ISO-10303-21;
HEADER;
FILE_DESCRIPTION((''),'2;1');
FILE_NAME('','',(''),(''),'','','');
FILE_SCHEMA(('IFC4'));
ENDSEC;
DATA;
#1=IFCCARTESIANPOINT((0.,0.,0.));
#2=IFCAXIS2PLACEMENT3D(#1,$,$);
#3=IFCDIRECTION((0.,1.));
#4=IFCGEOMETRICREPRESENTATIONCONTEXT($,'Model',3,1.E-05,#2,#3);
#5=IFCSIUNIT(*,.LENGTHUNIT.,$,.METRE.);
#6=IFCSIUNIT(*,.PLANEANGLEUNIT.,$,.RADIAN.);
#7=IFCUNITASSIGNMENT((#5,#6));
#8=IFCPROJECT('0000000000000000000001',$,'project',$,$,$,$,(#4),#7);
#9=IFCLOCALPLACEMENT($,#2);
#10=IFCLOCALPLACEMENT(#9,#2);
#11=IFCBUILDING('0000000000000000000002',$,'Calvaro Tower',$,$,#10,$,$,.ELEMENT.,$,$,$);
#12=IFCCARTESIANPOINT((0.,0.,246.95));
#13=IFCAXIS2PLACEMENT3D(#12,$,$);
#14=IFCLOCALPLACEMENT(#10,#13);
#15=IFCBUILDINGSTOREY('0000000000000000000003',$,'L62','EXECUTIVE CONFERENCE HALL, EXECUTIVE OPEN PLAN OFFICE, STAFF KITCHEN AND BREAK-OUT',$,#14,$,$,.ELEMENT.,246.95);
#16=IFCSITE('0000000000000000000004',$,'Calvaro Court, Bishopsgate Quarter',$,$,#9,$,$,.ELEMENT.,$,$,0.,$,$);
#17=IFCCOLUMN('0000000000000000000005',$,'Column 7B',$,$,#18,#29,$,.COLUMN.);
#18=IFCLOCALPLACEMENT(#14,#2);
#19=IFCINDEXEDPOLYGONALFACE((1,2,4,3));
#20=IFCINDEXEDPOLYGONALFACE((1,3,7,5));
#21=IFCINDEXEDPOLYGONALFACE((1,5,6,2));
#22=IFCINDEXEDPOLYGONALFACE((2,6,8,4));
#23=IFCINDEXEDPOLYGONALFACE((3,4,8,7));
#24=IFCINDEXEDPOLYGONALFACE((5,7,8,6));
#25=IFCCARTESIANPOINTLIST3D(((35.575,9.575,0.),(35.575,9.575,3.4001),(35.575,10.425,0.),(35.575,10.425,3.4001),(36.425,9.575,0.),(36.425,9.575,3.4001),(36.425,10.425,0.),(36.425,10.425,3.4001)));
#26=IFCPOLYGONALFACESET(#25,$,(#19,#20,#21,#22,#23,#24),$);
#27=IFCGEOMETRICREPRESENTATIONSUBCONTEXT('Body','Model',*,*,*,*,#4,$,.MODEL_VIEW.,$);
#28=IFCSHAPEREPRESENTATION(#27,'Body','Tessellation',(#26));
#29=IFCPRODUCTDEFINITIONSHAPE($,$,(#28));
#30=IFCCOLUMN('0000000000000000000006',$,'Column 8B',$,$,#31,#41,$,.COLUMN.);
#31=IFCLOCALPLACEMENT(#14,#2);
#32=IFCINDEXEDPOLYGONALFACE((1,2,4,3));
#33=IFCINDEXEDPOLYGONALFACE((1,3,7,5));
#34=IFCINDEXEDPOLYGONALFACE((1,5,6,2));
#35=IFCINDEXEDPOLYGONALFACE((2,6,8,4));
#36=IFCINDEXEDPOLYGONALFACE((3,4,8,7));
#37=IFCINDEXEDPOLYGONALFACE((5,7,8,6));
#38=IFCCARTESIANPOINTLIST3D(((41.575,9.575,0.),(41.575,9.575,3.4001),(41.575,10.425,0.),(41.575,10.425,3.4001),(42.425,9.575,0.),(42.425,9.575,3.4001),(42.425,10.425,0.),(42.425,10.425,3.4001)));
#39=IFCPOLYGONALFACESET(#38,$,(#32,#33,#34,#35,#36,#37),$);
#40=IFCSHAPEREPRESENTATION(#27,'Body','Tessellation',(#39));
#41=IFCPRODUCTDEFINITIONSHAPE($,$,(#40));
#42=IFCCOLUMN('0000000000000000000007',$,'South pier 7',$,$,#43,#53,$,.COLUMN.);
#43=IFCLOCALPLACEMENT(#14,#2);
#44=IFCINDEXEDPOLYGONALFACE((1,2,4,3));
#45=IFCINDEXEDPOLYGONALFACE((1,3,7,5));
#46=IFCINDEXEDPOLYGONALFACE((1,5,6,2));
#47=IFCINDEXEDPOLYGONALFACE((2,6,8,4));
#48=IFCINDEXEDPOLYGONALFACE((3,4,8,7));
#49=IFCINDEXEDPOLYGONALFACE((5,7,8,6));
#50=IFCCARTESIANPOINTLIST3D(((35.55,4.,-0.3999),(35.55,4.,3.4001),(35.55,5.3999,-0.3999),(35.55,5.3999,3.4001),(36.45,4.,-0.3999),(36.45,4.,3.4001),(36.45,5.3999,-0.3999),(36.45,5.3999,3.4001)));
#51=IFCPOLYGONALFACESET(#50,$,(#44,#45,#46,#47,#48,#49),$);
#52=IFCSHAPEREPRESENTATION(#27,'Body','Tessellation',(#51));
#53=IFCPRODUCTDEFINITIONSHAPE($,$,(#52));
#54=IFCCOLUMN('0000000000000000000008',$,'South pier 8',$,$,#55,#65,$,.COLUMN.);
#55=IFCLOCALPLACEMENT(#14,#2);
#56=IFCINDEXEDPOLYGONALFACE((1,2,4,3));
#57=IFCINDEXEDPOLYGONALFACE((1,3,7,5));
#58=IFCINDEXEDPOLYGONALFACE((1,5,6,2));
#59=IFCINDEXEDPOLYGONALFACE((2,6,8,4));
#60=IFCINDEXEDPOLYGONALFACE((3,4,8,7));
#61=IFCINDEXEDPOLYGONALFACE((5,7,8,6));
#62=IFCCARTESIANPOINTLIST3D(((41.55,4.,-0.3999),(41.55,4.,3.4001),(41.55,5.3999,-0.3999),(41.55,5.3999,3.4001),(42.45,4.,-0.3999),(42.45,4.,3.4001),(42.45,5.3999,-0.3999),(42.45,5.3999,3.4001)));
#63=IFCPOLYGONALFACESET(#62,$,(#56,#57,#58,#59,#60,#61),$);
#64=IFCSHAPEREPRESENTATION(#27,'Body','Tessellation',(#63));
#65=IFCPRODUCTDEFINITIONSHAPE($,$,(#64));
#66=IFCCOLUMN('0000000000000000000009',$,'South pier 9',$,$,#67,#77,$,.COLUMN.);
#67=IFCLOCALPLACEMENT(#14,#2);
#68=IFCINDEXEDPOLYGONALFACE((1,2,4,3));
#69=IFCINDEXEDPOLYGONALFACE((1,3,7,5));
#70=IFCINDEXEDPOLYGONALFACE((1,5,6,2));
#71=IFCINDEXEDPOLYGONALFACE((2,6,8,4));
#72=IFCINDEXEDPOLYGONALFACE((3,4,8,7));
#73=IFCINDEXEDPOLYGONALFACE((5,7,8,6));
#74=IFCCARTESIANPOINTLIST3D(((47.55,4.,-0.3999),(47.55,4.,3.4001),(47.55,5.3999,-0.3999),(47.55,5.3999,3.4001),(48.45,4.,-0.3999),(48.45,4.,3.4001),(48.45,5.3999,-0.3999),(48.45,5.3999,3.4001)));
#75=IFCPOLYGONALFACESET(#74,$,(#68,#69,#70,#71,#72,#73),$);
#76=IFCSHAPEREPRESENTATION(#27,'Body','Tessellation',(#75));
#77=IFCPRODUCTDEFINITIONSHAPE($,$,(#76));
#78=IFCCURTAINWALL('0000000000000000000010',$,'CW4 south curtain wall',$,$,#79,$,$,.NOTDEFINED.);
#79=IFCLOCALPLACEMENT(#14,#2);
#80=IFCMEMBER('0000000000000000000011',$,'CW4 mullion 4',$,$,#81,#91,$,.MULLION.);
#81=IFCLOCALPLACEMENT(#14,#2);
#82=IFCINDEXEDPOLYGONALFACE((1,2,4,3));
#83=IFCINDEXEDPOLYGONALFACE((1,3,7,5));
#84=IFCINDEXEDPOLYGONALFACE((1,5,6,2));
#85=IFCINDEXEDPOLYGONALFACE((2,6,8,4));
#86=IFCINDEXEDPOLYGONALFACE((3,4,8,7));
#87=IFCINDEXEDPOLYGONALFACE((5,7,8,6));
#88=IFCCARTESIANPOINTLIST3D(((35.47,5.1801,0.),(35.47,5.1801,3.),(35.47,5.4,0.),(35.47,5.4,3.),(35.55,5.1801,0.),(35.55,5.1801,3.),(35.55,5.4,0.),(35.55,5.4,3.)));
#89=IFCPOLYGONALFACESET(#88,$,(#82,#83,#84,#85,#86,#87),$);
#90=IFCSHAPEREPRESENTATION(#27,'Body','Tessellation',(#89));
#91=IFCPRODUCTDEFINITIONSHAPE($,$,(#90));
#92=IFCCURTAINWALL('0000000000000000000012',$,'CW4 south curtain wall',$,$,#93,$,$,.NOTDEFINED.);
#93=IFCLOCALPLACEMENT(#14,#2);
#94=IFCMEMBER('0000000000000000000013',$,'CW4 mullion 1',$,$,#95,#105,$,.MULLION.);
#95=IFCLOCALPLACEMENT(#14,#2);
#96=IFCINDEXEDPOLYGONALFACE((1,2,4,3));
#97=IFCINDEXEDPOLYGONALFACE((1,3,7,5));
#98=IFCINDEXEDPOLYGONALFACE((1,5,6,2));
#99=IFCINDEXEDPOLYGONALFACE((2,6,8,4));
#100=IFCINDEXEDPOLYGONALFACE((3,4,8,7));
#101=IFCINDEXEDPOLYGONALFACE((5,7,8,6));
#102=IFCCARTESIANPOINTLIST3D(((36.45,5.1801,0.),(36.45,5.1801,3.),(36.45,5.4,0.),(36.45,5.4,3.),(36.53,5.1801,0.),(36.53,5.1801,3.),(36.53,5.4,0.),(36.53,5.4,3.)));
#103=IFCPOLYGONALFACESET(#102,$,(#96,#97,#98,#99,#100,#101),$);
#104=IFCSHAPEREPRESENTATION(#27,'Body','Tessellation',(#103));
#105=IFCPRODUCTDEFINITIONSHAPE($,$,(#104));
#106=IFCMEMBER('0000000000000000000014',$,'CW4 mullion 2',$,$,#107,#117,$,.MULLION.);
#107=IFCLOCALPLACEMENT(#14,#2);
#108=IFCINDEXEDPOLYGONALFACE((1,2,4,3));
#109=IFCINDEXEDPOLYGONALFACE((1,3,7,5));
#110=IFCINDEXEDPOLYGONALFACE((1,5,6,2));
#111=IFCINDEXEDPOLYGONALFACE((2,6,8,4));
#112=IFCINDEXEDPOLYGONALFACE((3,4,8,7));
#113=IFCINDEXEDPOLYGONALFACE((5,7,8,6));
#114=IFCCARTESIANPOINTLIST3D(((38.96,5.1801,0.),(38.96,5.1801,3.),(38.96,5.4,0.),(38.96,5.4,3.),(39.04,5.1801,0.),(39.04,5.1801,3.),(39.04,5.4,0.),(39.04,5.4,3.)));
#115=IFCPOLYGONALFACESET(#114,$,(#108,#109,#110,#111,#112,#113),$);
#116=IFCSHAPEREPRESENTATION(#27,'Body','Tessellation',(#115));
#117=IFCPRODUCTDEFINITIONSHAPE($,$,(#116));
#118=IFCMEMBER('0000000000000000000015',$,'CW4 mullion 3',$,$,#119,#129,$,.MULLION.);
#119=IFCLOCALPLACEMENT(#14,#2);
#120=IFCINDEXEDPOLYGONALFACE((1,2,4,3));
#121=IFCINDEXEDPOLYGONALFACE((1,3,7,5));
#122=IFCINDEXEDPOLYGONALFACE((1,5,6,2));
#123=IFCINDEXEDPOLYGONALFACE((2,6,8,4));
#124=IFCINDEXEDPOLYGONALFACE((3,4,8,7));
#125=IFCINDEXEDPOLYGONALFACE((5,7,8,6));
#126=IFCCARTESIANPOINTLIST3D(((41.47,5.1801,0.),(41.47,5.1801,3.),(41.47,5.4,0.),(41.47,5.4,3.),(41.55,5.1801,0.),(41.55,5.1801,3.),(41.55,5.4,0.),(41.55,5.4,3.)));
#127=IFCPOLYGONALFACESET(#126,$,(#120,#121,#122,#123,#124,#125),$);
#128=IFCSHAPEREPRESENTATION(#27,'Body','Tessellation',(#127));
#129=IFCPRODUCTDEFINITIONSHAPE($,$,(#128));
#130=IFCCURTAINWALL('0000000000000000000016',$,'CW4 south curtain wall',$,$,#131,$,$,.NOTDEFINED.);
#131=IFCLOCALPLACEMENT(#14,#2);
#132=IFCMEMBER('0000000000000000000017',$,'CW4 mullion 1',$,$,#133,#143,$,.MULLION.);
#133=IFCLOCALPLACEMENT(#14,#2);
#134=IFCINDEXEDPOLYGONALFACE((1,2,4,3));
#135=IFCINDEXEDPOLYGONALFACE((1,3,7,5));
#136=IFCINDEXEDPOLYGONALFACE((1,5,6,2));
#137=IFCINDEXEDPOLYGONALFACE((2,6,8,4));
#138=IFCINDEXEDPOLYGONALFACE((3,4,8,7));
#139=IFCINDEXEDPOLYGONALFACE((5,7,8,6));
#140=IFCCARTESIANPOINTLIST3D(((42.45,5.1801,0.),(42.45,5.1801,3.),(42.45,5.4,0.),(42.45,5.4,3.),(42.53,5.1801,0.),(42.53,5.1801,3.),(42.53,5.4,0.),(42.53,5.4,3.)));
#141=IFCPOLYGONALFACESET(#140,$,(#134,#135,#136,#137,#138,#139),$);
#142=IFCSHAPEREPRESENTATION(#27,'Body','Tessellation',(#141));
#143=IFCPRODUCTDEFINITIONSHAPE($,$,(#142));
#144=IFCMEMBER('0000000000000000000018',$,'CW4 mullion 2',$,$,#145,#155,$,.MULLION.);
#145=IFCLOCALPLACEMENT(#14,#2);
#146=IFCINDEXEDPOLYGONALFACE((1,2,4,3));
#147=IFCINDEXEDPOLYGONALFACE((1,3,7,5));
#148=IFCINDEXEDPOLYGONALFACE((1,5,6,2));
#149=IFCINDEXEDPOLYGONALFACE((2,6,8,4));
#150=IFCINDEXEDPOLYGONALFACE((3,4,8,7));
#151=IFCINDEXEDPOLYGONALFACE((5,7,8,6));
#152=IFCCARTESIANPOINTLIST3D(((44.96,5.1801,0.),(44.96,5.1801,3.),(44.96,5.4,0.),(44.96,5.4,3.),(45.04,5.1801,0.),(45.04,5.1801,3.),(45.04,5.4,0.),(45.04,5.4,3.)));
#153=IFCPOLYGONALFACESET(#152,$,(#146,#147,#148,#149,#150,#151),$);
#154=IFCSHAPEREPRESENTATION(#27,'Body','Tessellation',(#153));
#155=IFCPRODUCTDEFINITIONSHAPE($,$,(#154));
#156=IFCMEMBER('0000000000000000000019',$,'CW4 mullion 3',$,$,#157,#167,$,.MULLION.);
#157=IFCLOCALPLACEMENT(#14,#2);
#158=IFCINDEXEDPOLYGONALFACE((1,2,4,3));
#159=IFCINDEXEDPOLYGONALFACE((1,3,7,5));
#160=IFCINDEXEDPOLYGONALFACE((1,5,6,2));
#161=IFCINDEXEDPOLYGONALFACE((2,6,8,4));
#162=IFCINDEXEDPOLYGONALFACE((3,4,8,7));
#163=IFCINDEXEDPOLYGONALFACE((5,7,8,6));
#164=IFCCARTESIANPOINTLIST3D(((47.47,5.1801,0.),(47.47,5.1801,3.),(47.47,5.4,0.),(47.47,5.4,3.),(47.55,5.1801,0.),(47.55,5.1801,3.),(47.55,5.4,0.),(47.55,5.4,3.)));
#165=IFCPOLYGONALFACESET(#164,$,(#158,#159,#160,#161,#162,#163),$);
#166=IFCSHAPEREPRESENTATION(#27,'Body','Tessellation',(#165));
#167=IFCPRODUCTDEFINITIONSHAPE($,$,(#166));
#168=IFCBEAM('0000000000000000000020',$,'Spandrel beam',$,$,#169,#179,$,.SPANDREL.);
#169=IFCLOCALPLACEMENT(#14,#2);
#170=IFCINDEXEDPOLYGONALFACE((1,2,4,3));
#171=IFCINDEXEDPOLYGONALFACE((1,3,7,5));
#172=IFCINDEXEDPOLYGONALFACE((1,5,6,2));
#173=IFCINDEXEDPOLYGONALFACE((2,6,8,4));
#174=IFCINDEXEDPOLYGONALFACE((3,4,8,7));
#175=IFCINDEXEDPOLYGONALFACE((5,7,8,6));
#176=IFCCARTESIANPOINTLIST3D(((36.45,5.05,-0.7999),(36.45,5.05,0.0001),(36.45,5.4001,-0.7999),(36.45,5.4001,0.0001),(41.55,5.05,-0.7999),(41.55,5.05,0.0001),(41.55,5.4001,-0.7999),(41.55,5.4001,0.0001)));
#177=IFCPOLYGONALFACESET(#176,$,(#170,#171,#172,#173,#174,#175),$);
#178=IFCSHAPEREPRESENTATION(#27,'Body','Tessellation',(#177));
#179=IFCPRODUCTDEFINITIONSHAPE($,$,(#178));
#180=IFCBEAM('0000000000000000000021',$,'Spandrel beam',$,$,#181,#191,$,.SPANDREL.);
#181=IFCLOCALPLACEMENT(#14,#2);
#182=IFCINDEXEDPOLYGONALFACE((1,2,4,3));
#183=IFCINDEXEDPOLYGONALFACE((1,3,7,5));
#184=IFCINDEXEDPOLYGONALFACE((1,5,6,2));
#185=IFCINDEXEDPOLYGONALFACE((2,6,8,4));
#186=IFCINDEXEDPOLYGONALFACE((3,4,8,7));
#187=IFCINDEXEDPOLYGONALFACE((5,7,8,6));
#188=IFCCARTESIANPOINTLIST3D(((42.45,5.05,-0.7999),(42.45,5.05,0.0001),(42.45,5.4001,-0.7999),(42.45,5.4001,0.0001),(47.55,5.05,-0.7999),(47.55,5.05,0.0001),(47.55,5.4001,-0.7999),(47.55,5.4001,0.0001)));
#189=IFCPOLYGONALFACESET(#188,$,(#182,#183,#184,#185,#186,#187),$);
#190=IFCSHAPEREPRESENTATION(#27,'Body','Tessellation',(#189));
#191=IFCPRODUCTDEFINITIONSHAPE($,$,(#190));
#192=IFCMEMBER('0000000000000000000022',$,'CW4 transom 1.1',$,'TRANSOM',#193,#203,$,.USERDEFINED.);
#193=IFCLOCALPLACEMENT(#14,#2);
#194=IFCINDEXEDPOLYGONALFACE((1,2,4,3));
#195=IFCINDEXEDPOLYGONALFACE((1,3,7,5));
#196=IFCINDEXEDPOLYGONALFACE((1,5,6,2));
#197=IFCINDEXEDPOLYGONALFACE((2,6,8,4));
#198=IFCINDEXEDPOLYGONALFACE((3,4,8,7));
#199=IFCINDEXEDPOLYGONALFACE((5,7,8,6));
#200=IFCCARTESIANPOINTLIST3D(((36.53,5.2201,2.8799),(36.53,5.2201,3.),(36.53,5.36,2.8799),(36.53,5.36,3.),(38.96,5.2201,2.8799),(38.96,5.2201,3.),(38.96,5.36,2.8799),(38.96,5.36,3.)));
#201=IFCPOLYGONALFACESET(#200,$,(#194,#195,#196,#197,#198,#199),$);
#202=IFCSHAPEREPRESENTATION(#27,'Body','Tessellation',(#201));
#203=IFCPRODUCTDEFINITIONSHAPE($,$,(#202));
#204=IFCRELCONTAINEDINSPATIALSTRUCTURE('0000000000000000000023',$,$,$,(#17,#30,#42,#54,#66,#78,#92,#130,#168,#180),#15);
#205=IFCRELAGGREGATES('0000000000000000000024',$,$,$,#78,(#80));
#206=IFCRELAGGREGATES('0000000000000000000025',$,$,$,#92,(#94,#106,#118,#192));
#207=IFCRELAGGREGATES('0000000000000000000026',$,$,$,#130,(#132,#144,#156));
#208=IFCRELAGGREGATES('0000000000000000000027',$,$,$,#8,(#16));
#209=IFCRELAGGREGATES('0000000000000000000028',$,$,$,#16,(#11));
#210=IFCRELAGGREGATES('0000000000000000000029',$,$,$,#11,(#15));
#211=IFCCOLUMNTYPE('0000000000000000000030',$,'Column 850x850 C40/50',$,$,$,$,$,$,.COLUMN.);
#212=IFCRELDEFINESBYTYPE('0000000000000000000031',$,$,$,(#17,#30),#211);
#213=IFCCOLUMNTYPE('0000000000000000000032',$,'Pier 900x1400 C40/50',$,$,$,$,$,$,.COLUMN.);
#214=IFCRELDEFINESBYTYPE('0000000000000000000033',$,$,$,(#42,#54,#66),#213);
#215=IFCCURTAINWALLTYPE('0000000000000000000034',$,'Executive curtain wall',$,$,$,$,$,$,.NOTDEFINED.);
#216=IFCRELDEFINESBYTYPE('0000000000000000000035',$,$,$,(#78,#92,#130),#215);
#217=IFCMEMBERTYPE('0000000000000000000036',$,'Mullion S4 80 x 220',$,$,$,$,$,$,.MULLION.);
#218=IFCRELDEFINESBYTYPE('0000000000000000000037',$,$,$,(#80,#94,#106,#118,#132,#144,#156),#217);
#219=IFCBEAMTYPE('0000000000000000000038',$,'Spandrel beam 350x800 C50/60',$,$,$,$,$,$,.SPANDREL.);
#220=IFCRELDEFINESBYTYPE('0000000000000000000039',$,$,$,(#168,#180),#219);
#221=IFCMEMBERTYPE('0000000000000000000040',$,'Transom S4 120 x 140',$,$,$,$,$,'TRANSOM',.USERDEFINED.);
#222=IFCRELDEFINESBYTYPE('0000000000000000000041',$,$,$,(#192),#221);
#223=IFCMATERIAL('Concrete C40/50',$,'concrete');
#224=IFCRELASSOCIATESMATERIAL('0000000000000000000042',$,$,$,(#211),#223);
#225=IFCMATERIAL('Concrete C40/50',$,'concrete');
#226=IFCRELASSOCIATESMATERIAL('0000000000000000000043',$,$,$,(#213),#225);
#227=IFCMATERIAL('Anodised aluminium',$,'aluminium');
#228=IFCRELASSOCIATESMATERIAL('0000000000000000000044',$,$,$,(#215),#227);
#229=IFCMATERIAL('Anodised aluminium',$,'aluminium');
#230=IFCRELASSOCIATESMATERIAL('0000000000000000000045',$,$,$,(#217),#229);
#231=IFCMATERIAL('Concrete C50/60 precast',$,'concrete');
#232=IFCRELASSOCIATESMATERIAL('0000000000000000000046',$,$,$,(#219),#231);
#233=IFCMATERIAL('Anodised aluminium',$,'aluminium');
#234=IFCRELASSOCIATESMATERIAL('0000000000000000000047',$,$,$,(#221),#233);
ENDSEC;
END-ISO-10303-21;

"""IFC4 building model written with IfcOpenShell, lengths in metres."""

from ifc_helpers import new_model, si_unit, direction, frame, origin, origin_2d, place, context, subcontext, project, spatial, rectangle, extrude, material, material_profile, profile_set, type_object, element, aggregate, save


model = new_model("IFC4")

# Units and contexts
model_context = context("Model", 3, precision=1e-05, world=origin(), true_north=direction((0.0, 1.0)))
body_context = subcontext(model_context, "Body", "Model", "MODEL_VIEW")
ifc_project = project(units=[si_unit("LENGTHUNIT", "METRE"), si_unit("PLANEANGLEUNIT", "RADIAN")], contexts=[model_context])

# Site, building, storey
site_placement = place(None, origin())
site = spatial("IfcSite", under=ifc_project, at=site_placement, Name="Calvaro Court, Bishopsgate Quarter", CompositionType="ELEMENT", RefElevation=0.0)
building_placement = place(site_placement, origin())
building = spatial("IfcBuilding", under=site, at=building_placement, Name="Calvaro Tower", CompositionType="ELEMENT")
storey_placement = place(building_placement, frame((0.0, 0.0, 246.95)))
storey = spatial("IfcBuildingStorey", under=building, at=storey_placement, Name="L62", Description="EXECUTIVE CONFERENCE HALL, EXECUTIVE OPEN PLAN OFFICE, STAFF KITCHEN AND BREAK-OUT", CompositionType="ELEMENT", Elevation=246.95)

# Columns
ifc_material_1 = material(Name="Concrete C40/50", Category="concrete")
ifc_material_profile_1 = material_profile(ifc_material_1, rectangle(XDim=0.8501, YDim=0.8501, at=origin_2d()), Name="RC 850x850")
ifc_profile_set_1 = profile_set([ifc_material_profile_1], Name="Concrete C40/50")
column_type_1 = type_object("IfcColumnType", Name="Column 850x850 C40/50", PredefinedType="COLUMN", material=ifc_profile_set_1)
for number, where, z_axis, x_axis, name in (
    (1, (36.0, 10.0, 0.0), (0.0, 0.0, 1.0), (1.0, 0.0, 0.0), "Column 7B"),
    (2, (42.0, 10.0, 0.0), (0.0, 0.0, 1.0), (1.0, 0.0, 0.0), "Column 8B"),
):
    element("IfcColumn", number, at=place(storey_placement, frame(where, z_axis=z_axis, x_axis=x_axis)), inside=storey, type_object=column_type_1, Name=name, PredefinedType="COLUMN", context=body_context, shape_type="SweptSolid", body=[
        extrude(rectangle(XDim=0.8501, YDim=0.8501, at=origin_2d()), origin(), (0.0, 0.0, 1.0), 3.4001),
    ])
ifc_material_2 = material(Name="Concrete C40/50", Category="concrete")
ifc_material_profile_2 = material_profile(ifc_material_2, rectangle(XDim=0.8999, YDim=1.3999, at=origin_2d()), Name="RC 900x1400")
ifc_profile_set_2 = profile_set([ifc_material_profile_2], Name="Concrete C40/50")
column_type_2 = type_object("IfcColumnType", Name="Pier 900x1400 C40/50", PredefinedType="COLUMN", material=ifc_profile_set_2)
for number, where, z_axis, x_axis, name in (
    (3, (36.0, 4.7, -0.3999), (0.0, 0.0, 1.0), (1.0, 0.0, 0.0), "South pier 7"),
    (4, (42.0, 4.7, -0.3999), (0.0, 0.0, 1.0), (1.0, 0.0, 0.0), "South pier 8"),
    (5, (48.0, 4.7, -0.3999), (0.0, 0.0, 1.0), (1.0, 0.0, 0.0), "South pier 9"),
):
    element("IfcColumn", number, at=place(storey_placement, frame(where, z_axis=z_axis, x_axis=x_axis)), inside=storey, type_object=column_type_2, Name=name, PredefinedType="COLUMN", context=body_context, shape_type="SweptSolid", body=[
        extrude(rectangle(XDim=0.8999, YDim=1.3999, at=origin_2d()), origin(), (0.0, 0.0, 1.0), 3.8),
    ])

# Curtain wall, member
ifc_material_3 = material(Name="Anodised aluminium", Category="aluminium")
curtain_wall_type = type_object("IfcCurtainWallType", Name="Executive curtain wall", PredefinedType="NOTDEFINED", material=ifc_material_3)
curtain_wall_1_placement = place(storey_placement, origin())
curtain_wall_1 = element("IfcCurtainWall", 6, at=curtain_wall_1_placement, inside=storey, type_object=curtain_wall_type, Name="CW4 south curtain wall", PredefinedType="NOTDEFINED")
ifc_material_4 = material(Name="Anodised aluminium", Category="aluminium")
ifc_material_profile_3 = material_profile(ifc_material_4, rectangle(XDim=0.22, YDim=0.0801, at=origin_2d()), Name="Mullion S4 80 x 220")
ifc_profile_set_3 = profile_set([ifc_material_profile_3], Name="Anodised aluminium")
member_type_1 = type_object("IfcMemberType", Name="Mullion S4 80 x 220", PredefinedType="MULLION", material=ifc_profile_set_3)
member_1_placement = place(storey_placement, frame((35.51, 5.29, 0.0), z_axis=(0.0, 0.0, 1.0), x_axis=(0.0, 1.0, 0.0)))
member_1 = element("IfcMember", 7, at=member_1_placement, type_object=member_type_1, Name="CW4 mullion 4", PredefinedType="MULLION", context=body_context, shape_type="SweptSolid", body=[
    extrude(rectangle(XDim=0.22, YDim=0.0801, at=origin_2d()), origin(), (0.0, 0.0, 1.0), 3.0),
])

# Curtain walls, members
curtain_wall_2_placement = place(storey_placement, origin())
curtain_wall_2 = element("IfcCurtainWall", 8, at=curtain_wall_2_placement, inside=storey, type_object=curtain_wall_type, Name="CW4 south curtain wall", PredefinedType="NOTDEFINED")
member_2_placement = place(storey_placement, frame((36.49, 5.29, 0.0), z_axis=(0.0, 0.0, 1.0), x_axis=(0.0, 1.0, 0.0)))
member_2 = element("IfcMember", 9, at=member_2_placement, type_object=member_type_1, Name="CW4 mullion 1", PredefinedType="MULLION", context=body_context, shape_type="SweptSolid", body=[
    extrude(rectangle(XDim=0.22, YDim=0.0801, at=origin_2d()), origin(), (0.0, 0.0, 1.0), 3.0),
])
member_3_placement = place(storey_placement, frame((39.0, 5.29, 0.0), z_axis=(0.0, 0.0, 1.0), x_axis=(0.0, 1.0, 0.0)))
member_3 = element("IfcMember", 10, at=member_3_placement, type_object=member_type_1, Name="CW4 mullion 2", PredefinedType="MULLION", context=body_context, shape_type="SweptSolid", body=[
    extrude(rectangle(XDim=0.22, YDim=0.0801, at=origin_2d()), origin(), (0.0, 0.0, 1.0), 3.0),
])
member_4_placement = place(storey_placement, frame((41.51, 5.29, 0.0), z_axis=(0.0, 0.0, 1.0), x_axis=(0.0, 1.0, 0.0)))
member_4 = element("IfcMember", 11, at=member_4_placement, type_object=member_type_1, Name="CW4 mullion 3", PredefinedType="MULLION", context=body_context, shape_type="SweptSolid", body=[
    extrude(rectangle(XDim=0.22, YDim=0.0801, at=origin_2d()), origin(), (0.0, 0.0, 1.0), 3.0),
])
curtain_wall_3_placement = place(storey_placement, origin())
curtain_wall_3 = element("IfcCurtainWall", 12, at=curtain_wall_3_placement, inside=storey, type_object=curtain_wall_type, Name="CW4 south curtain wall", PredefinedType="NOTDEFINED")
member_5_placement = place(storey_placement, frame((42.49, 5.29, 0.0), z_axis=(0.0, 0.0, 1.0), x_axis=(0.0, 1.0, 0.0)))
member_5 = element("IfcMember", 13, at=member_5_placement, type_object=member_type_1, Name="CW4 mullion 1", PredefinedType="MULLION", context=body_context, shape_type="SweptSolid", body=[
    extrude(rectangle(XDim=0.22, YDim=0.0801, at=origin_2d()), origin(), (0.0, 0.0, 1.0), 3.0),
])
member_6_placement = place(storey_placement, frame((45.0, 5.29, 0.0), z_axis=(0.0, 0.0, 1.0), x_axis=(0.0, 1.0, 0.0)))
member_6 = element("IfcMember", 14, at=member_6_placement, type_object=member_type_1, Name="CW4 mullion 2", PredefinedType="MULLION", context=body_context, shape_type="SweptSolid", body=[
    extrude(rectangle(XDim=0.22, YDim=0.0801, at=origin_2d()), origin(), (0.0, 0.0, 1.0), 3.0),
])
member_7_placement = place(storey_placement, frame((47.51, 5.29, 0.0), z_axis=(0.0, 0.0, 1.0), x_axis=(0.0, 1.0, 0.0)))
member_7 = element("IfcMember", 15, at=member_7_placement, type_object=member_type_1, Name="CW4 mullion 3", PredefinedType="MULLION", context=body_context, shape_type="SweptSolid", body=[
    extrude(rectangle(XDim=0.22, YDim=0.0801, at=origin_2d()), origin(), (0.0, 0.0, 1.0), 3.0),
])

# Beams
ifc_material_5 = material(Name="Concrete C50/60 precast", Category="concrete")
ifc_material_profile_4 = material_profile(ifc_material_5, rectangle(XDim=0.3501, YDim=0.8, at=origin_2d()), Name="RC 350x800")
ifc_profile_set_4 = profile_set([ifc_material_profile_4], Name="Concrete C50/60 precast")
beam_type = type_object("IfcBeamType", Name="Spandrel beam 350x800 C50/60", PredefinedType="SPANDREL", material=ifc_profile_set_4)
for number, where, z_axis, x_axis, name in (
    (16, (36.45, 5.2251, -0.3999), (1.0, 0.0, 0.0), (0.0, 1.0, 0.0), "Spandrel beam"),
    (17, (42.45, 5.2251, -0.3999), (1.0, 0.0, 0.0), (0.0, 1.0, 0.0), "Spandrel beam"),
):
    element("IfcBeam", number, at=place(storey_placement, frame(where, z_axis=z_axis, x_axis=x_axis)), inside=storey, type_object=beam_type, Name=name, PredefinedType="SPANDREL", context=body_context, shape_type="SweptSolid", body=[
        extrude(rectangle(XDim=0.3501, YDim=0.8, at=origin_2d()), origin(), (0.0, 0.0, 1.0), 5.1001),
    ])

# Member
ifc_material_6 = material(Name="Anodised aluminium", Category="aluminium")
ifc_material_profile_5 = material_profile(ifc_material_6, rectangle(XDim=0.1399, YDim=0.1201, at=origin_2d()), Name="Transom S4 120 x 140")
ifc_profile_set_5 = profile_set([ifc_material_profile_5], Name="Anodised aluminium")
member_type_2 = type_object("IfcMemberType", Name="Transom S4 120 x 140", ElementType="TRANSOM", PredefinedType="USERDEFINED", material=ifc_profile_set_5)
member_8_placement = place(storey_placement, frame((36.53, 5.29, 2.9399), z_axis=(1.0, 0.0, 0.0), x_axis=(0.0, 1.0, 0.0)))
member_8 = element("IfcMember", 18, at=member_8_placement, type_object=member_type_2, Name="CW4 transom 1.1", ObjectType="TRANSOM", PredefinedType="USERDEFINED", context=body_context, shape_type="SweptSolid", body=[
    extrude(rectangle(XDim=0.1399, YDim=0.1201, at=origin_2d()), origin(), (0.0, 0.0, 1.0), 2.4299),
])

aggregate(curtain_wall_1, [member_1])
aggregate(curtain_wall_2, [member_2, member_3, member_4, member_8])
aggregate(curtain_wall_3, [member_5, member_6, member_7])

save(model, "model.ifc")
